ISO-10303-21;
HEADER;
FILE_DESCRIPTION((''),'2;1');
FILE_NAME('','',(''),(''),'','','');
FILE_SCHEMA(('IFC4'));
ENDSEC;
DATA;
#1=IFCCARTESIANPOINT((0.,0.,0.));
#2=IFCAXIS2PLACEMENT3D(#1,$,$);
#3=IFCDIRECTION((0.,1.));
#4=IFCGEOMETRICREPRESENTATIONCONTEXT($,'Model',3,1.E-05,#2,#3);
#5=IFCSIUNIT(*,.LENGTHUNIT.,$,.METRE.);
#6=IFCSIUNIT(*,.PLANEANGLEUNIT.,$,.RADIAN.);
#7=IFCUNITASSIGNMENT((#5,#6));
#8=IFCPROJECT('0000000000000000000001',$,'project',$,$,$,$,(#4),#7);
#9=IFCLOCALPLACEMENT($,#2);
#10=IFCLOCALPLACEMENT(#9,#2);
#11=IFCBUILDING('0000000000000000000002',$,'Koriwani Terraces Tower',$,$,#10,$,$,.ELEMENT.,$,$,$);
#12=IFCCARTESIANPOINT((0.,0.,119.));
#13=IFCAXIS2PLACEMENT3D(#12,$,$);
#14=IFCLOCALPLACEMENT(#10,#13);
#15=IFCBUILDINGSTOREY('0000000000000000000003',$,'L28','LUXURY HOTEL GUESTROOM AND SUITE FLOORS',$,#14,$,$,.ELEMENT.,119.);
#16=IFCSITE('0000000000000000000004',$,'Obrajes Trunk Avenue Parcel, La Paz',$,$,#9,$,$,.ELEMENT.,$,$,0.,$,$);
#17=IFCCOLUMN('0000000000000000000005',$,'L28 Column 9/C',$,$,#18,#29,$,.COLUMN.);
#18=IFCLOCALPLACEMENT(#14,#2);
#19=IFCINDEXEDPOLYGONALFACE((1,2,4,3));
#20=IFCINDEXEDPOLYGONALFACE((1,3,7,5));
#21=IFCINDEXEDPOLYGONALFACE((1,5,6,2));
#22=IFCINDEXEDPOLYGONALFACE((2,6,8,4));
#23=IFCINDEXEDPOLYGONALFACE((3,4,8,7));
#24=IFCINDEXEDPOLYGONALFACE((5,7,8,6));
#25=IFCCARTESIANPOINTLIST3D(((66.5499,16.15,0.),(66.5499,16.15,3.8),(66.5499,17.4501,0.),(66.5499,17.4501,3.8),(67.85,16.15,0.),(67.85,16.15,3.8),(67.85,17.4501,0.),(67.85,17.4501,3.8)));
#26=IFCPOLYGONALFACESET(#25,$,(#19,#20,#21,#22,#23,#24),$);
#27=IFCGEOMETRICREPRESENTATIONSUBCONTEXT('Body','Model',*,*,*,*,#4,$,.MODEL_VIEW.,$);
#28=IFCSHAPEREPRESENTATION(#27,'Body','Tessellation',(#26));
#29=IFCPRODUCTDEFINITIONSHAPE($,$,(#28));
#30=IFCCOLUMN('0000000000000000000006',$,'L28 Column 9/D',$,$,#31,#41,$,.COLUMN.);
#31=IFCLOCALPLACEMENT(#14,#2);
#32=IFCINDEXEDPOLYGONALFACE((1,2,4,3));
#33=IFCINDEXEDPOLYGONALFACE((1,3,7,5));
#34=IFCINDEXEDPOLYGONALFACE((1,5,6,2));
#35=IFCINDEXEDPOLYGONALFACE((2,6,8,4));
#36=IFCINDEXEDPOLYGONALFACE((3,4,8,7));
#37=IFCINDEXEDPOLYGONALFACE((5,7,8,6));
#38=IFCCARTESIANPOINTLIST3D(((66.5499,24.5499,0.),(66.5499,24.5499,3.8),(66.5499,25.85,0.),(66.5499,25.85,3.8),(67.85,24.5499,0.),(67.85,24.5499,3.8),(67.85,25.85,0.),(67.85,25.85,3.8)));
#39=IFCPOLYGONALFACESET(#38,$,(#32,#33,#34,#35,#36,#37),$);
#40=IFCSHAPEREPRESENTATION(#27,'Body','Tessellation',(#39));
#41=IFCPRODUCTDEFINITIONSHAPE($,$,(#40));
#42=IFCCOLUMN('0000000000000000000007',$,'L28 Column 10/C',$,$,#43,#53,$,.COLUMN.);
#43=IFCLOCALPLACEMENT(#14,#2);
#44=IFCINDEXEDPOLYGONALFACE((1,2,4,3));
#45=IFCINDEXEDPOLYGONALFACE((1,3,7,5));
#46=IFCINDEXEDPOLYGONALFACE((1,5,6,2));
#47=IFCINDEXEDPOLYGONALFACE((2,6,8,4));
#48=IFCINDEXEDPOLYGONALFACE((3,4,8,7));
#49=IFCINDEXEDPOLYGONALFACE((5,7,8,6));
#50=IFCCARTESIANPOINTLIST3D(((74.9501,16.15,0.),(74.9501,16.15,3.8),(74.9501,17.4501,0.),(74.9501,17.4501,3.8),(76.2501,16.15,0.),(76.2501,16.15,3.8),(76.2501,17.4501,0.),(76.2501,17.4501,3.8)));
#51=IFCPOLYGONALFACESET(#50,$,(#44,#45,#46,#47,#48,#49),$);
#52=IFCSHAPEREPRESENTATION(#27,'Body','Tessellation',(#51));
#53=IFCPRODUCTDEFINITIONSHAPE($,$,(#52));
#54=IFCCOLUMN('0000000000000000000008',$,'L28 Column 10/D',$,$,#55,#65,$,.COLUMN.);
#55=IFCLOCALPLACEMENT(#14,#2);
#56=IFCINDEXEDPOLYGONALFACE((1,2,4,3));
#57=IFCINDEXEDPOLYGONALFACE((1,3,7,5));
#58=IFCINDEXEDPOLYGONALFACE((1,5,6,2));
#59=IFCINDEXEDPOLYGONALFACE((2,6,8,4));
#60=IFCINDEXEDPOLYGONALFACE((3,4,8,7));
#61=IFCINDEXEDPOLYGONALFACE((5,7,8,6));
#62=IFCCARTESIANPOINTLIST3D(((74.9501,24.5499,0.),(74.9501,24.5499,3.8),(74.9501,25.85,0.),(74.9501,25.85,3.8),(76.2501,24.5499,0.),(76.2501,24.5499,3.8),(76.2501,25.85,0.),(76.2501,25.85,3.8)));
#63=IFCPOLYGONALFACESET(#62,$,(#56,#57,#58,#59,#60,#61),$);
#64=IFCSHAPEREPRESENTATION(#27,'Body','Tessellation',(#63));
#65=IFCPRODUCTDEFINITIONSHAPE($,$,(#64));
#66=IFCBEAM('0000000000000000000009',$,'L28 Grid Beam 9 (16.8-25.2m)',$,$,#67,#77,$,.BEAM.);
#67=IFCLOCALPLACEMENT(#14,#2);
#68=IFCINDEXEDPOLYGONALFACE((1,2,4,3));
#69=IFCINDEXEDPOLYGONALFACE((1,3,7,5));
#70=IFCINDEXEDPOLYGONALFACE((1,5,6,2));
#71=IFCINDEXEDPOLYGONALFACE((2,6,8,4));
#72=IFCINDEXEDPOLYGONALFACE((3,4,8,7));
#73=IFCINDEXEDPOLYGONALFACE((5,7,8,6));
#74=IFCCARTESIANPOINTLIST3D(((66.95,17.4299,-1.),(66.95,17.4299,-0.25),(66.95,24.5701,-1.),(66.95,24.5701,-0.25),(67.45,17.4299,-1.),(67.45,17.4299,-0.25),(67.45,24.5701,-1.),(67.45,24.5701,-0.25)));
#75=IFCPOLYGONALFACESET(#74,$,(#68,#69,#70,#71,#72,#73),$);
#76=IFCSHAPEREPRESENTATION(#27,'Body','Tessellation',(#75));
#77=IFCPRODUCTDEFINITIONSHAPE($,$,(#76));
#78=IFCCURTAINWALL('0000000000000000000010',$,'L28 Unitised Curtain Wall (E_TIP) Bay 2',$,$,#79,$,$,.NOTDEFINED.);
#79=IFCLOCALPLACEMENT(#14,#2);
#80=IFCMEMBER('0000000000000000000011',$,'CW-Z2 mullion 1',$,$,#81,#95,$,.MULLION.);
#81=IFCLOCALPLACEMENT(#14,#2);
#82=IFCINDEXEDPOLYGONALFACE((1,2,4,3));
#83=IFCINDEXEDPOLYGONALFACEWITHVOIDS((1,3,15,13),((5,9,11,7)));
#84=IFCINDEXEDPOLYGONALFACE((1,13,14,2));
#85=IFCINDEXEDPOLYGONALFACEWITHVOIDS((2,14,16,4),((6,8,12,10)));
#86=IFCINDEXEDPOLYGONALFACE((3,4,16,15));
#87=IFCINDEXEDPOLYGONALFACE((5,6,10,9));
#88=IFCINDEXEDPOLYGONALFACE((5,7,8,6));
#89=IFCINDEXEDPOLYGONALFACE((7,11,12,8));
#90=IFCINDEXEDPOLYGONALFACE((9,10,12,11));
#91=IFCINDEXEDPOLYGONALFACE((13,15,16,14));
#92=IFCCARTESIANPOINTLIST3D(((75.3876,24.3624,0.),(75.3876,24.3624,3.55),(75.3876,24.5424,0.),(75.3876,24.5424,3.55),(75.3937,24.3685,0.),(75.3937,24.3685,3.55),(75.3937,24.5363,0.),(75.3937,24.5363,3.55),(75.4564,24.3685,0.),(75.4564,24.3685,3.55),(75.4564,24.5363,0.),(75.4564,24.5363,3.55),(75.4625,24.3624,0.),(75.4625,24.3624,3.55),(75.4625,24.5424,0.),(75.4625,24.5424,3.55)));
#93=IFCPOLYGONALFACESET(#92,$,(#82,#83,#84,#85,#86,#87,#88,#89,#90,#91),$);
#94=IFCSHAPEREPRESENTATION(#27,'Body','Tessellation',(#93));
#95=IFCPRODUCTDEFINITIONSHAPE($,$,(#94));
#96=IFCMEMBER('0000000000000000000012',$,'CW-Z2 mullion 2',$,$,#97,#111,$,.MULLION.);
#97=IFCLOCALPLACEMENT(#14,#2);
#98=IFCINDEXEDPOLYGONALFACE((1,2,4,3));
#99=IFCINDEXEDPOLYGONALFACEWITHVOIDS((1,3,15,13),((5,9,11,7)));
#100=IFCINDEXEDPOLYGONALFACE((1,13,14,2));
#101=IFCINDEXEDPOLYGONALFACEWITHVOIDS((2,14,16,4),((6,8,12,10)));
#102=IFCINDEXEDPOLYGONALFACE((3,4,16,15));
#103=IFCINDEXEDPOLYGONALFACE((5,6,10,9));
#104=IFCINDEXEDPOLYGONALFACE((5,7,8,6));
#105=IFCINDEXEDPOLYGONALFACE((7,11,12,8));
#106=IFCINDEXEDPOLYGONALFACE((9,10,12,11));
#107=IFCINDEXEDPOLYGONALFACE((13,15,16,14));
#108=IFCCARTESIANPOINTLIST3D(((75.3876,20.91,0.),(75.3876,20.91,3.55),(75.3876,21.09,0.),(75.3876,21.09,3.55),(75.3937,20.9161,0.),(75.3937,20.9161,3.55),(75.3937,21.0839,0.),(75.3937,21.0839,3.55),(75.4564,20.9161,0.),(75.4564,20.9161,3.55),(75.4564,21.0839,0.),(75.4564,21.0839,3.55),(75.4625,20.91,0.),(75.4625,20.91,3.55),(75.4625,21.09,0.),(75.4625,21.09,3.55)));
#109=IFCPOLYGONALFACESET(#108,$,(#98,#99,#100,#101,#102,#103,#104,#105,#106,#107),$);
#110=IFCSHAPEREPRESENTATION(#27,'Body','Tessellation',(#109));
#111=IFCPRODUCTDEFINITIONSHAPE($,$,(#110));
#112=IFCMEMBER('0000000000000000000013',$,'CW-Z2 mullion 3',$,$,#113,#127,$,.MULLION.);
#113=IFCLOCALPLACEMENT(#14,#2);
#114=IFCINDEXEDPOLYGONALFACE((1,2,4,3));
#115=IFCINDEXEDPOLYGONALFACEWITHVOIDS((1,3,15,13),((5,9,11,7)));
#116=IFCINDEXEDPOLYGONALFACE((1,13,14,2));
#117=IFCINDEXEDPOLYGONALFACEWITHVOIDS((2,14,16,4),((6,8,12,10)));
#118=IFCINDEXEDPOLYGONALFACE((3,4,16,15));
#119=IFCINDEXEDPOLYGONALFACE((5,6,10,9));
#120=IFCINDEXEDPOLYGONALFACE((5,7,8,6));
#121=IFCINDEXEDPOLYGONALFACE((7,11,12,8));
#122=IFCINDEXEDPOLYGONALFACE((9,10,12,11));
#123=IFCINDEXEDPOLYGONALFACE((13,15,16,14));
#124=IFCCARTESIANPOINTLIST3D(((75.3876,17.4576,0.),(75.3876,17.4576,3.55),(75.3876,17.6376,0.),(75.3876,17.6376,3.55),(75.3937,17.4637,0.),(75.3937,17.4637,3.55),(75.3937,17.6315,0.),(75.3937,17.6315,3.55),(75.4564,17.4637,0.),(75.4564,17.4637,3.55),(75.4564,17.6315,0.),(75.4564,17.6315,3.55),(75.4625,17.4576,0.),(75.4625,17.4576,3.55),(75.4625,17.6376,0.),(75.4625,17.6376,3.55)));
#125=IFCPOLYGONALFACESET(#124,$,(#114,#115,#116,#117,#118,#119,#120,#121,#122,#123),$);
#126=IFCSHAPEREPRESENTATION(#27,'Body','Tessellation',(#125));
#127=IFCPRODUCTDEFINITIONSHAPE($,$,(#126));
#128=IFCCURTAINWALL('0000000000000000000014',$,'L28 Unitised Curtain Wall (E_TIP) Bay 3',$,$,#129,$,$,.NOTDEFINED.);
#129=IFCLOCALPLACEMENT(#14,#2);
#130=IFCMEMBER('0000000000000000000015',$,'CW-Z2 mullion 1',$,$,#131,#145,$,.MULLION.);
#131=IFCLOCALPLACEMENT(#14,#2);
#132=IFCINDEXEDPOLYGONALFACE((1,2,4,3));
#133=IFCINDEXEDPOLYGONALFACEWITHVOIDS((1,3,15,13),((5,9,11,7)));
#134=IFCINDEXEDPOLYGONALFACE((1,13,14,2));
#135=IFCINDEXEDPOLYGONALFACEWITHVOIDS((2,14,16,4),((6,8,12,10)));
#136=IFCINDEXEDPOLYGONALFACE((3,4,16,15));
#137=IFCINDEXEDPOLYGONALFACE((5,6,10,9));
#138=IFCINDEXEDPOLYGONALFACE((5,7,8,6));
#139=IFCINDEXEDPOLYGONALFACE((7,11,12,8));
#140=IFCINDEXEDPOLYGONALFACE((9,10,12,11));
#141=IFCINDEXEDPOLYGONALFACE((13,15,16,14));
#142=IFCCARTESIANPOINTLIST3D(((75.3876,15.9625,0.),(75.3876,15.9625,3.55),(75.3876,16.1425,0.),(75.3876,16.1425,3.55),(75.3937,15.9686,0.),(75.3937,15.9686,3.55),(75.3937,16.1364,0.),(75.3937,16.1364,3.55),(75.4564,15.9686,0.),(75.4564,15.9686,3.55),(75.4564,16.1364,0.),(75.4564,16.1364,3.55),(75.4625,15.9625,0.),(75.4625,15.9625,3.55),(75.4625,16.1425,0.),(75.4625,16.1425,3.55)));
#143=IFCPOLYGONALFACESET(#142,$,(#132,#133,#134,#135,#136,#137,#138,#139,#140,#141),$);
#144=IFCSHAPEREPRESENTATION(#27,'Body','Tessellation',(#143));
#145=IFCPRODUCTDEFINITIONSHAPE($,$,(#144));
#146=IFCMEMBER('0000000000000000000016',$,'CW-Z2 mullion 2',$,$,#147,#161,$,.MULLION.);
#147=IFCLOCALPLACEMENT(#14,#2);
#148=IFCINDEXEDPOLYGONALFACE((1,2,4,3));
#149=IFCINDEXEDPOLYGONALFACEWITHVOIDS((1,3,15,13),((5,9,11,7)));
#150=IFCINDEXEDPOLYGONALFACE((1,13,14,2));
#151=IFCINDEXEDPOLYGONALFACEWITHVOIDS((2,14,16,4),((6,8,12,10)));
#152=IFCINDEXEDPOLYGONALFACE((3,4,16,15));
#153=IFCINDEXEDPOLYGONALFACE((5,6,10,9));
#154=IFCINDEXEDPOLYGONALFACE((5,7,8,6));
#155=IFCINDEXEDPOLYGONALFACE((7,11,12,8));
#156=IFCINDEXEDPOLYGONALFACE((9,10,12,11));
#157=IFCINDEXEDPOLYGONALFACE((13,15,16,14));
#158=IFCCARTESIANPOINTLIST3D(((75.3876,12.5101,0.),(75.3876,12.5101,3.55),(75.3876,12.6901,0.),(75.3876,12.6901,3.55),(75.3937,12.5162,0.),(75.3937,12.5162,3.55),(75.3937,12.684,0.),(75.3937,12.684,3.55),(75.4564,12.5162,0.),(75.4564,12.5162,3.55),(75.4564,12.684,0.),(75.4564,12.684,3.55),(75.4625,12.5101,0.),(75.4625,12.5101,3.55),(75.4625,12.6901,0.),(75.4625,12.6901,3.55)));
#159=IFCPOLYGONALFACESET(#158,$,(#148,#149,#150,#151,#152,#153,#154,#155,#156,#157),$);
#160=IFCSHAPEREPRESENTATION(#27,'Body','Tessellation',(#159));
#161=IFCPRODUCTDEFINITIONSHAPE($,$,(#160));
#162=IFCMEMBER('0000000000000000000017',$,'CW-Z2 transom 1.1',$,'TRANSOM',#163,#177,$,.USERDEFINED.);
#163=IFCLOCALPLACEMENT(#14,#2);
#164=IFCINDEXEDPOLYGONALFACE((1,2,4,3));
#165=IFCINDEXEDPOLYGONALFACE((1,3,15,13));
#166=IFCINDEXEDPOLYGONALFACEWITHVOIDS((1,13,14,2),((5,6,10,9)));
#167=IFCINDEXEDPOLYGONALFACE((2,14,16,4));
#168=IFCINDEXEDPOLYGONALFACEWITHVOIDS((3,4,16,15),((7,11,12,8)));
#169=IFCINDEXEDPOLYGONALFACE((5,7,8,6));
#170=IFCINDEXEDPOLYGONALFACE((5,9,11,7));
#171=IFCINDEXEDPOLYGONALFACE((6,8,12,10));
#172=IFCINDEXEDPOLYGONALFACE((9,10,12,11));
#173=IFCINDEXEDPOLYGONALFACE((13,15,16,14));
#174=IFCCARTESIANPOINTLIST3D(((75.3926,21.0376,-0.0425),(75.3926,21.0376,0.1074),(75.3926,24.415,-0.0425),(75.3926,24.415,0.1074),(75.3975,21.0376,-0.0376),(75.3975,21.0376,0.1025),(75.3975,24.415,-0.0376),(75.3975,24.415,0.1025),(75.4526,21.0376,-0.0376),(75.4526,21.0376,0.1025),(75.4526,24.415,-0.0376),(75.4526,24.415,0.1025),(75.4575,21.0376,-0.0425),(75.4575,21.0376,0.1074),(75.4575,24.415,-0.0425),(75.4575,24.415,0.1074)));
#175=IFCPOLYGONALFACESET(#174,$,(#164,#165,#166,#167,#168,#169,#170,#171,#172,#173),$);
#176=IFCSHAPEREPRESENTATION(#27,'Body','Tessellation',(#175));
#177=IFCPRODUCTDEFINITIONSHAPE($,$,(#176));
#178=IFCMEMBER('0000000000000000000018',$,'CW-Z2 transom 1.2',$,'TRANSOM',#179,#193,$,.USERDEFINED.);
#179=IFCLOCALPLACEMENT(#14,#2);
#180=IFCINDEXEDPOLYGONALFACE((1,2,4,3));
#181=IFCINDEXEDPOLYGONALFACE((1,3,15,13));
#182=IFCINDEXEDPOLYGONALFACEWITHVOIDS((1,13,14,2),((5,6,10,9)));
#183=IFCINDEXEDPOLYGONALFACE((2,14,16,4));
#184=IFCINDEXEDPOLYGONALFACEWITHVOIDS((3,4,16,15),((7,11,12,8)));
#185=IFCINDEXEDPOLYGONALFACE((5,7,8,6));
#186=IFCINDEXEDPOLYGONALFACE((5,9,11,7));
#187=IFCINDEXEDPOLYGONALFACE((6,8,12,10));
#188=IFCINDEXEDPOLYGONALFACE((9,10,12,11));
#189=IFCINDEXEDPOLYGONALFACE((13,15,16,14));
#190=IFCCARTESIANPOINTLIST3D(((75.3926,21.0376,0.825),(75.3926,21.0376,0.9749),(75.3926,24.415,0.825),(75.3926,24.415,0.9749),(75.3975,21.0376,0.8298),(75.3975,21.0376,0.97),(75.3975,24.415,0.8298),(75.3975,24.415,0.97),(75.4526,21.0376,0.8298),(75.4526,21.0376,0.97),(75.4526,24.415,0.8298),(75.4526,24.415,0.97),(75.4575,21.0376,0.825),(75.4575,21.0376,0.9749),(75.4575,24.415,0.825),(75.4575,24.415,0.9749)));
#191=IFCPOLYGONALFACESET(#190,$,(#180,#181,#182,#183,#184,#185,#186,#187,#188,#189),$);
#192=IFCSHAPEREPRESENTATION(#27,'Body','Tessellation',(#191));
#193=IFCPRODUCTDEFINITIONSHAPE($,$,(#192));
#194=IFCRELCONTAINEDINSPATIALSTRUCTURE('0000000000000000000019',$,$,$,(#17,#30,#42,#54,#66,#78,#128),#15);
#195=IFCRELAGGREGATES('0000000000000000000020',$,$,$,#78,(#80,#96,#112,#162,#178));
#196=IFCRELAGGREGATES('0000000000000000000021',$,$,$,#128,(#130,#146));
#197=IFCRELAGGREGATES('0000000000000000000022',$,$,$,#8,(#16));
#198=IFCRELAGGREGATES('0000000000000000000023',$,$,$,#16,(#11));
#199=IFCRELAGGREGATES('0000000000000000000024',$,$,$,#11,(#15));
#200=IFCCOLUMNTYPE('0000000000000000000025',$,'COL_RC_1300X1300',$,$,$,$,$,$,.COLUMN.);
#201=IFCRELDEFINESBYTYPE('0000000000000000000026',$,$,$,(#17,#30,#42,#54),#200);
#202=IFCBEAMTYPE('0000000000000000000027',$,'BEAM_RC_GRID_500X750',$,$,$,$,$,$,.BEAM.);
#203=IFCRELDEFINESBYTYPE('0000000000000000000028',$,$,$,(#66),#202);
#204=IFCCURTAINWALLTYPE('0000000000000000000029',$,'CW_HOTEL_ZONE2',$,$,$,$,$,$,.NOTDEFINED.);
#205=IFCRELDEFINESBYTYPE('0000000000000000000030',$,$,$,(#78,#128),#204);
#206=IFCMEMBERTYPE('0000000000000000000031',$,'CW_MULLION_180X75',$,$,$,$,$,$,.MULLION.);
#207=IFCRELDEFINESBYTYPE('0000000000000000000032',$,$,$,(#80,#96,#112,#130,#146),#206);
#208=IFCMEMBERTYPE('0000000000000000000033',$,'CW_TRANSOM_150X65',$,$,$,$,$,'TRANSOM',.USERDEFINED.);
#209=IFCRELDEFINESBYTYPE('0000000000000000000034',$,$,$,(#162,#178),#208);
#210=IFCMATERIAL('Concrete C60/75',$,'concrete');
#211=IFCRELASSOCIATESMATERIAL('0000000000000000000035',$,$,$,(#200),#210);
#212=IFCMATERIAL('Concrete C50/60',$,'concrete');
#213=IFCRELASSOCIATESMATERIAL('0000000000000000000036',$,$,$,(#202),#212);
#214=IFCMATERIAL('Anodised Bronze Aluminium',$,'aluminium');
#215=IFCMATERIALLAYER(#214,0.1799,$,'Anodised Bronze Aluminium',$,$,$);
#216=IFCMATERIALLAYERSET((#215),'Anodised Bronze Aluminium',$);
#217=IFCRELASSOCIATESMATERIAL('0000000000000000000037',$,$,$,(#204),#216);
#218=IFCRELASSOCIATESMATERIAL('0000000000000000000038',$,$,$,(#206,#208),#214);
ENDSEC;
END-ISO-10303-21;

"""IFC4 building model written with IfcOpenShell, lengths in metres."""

from ifc_helpers import new_model, si_unit, direction, frame, origin, origin_2d, place, context, subcontext, project, spatial, rectangle, hollow_rectangle, extrude, material, layer, layer_set, material_profile, profile_set, type_object, element, aggregate, save


model = new_model("IFC4")

# Units and contexts
model_context = context("Model", 3, precision=1e-05, world=origin(), true_north=direction((0.0, 1.0)))
body_context = subcontext(model_context, "Body", "Model", "MODEL_VIEW")
ifc_project = project(units=[si_unit("LENGTHUNIT", "METRE"), si_unit("PLANEANGLEUNIT", "RADIAN")], contexts=[model_context])

# Site, building, storey
site_placement = place(None, origin())
site = spatial("IfcSite", under=ifc_project, at=site_placement, Name="Obrajes Trunk Avenue Parcel, La Paz", CompositionType="ELEMENT", RefElevation=0.0)
building_placement = place(site_placement, origin())
building = spatial("IfcBuilding", under=site, at=building_placement, Name="Koriwani Terraces Tower", CompositionType="ELEMENT")
storey_placement = place(building_placement, frame((0.0, 0.0, 119.0)))
storey = spatial("IfcBuildingStorey", under=building, at=storey_placement, Name="L28", Description="LUXURY HOTEL GUESTROOM AND SUITE FLOORS", CompositionType="ELEMENT", Elevation=119.0)

# Columns
ifc_material_1 = material(Name="Concrete C60/75", Category="concrete")
ifc_material_profile_1 = material_profile(ifc_material_1, rectangle(XDim=1.3, YDim=1.3, at=origin_2d()), Name="Concrete C60/75", Category="LoadBearing")
ifc_profile_set_1 = profile_set([ifc_material_profile_1], Name="Concrete C60/75")
column_type = type_object("IfcColumnType", Name="COL_RC_1300X1300", PredefinedType="COLUMN", material=ifc_profile_set_1)
for number, where, z_axis, x_axis, name in (
    (1, (67.2, 16.8, 0.0), (0.0, 0.0, 1.0), (1.0, 0.0, 0.0), "L28 Column 9/C"),
    (2, (67.2, 25.2, 0.0), (0.0, 0.0, 1.0), (1.0, 0.0, 0.0), "L28 Column 9/D"),
    (3, (75.6001, 16.8, 0.0), (0.0, 0.0, 1.0), (1.0, 0.0, 0.0), "L28 Column 10/C"),
    (4, (75.6001, 25.2, 0.0), (0.0, 0.0, 1.0), (1.0, 0.0, 0.0), "L28 Column 10/D"),
):
    element("IfcColumn", number, at=place(storey_placement, frame(where, z_axis=z_axis, x_axis=x_axis)), inside=storey, type_object=column_type, Name=name, PredefinedType="COLUMN", context=body_context, shape_type="SweptSolid", body=[
        extrude(rectangle(XDim=1.3, YDim=1.3, at=origin_2d()), origin(), (0.0, 0.0, 1.0), 3.8),
    ])

# Beam
ifc_material_2 = material(Name="Concrete C50/60", Category="concrete")
ifc_material_profile_2 = material_profile(ifc_material_2, rectangle(XDim=0.5, YDim=0.75, at=origin_2d()), Name="Concrete C50/60", Category="LoadBearing")
ifc_profile_set_2 = profile_set([ifc_material_profile_2], Name="Concrete C50/60")
beam_type_1 = type_object("IfcBeamType", Name="BEAM_RC_GRID_500X750", PredefinedType="BEAM", material=ifc_profile_set_2)
beam_1_placement = place(storey_placement, frame((67.2, 17.4299, -0.625), z_axis=(0.0, 1.0, 0.0), x_axis=(-1.0, 0.0, 0.0)))
element("IfcBeam", 5, at=beam_1_placement, inside=storey, type_object=beam_type_1, Name="L28 Grid Beam 9 (16.8-25.2m)", PredefinedType="BEAM", context=body_context, shape_type="SweptSolid", body=[
    extrude(rectangle(XDim=0.5, YDim=0.75, at=origin_2d()), origin(), (0.0, 0.0, 1.0), 7.1401),
])

# Curtain walls, members
ifc_material_3 = material(Name="Anodised Bronze Aluminium", Category="aluminium")
ifc_layer_1 = layer(ifc_material_3, 0.1799, Name="Anodised Bronze Aluminium")
ifc_layer_set_1 = layer_set([ifc_layer_1], Name="Anodised Bronze Aluminium")
curtain_wall_type = type_object("IfcCurtainWallType", Name="CW_HOTEL_ZONE2", PredefinedType="NOTDEFINED", material=ifc_layer_set_1)
curtain_wall_1_placement = place(storey_placement, origin())
curtain_wall_1 = element("IfcCurtainWall", 6, at=curtain_wall_1_placement, inside=storey, type_object=curtain_wall_type, Name="L28 Unitised Curtain Wall (E_TIP) Bay 2", PredefinedType="NOTDEFINED")
ifc_material_profile_3 = material_profile(ifc_material_3, hollow_rectangle(XDim=0.075, YDim=0.1799, WallThickness=0.0061, at=origin_2d()), Name="Anodised Bronze Aluminium", Category="LoadBearing")
ifc_profile_set_3 = profile_set([ifc_material_profile_3], Name="Anodised Bronze Aluminium")
member_type_1 = type_object("IfcMemberType", Name="CW_MULLION_180X75", PredefinedType="MULLION", material=ifc_profile_set_3)
member_1_placement = place(storey_placement, frame((75.425, 24.4524, 0.0), z_axis=(0.0, 0.0, 1.0), x_axis=(1.0, 0.0, 0.0)))
member_1 = element("IfcMember", 7, at=member_1_placement, type_object=member_type_1, Name="CW-Z2 mullion 1", PredefinedType="MULLION", context=body_context, shape_type="SweptSolid", body=[
    extrude(hollow_rectangle(XDim=0.075, YDim=0.1799, WallThickness=0.0061, at=origin_2d()), origin(), (0.0, 0.0, 1.0), 3.55),
])
member_2_placement = place(storey_placement, frame((75.425, 21.0, 0.0), z_axis=(0.0, 0.0, 1.0), x_axis=(1.0, 0.0, 0.0)))
member_2 = element("IfcMember", 8, at=member_2_placement, type_object=member_type_1, Name="CW-Z2 mullion 2", PredefinedType="MULLION", context=body_context, shape_type="SweptSolid", body=[
    extrude(hollow_rectangle(XDim=0.075, YDim=0.1799, WallThickness=0.0061, at=origin_2d()), origin(), (0.0, 0.0, 1.0), 3.55),
])
member_3_placement = place(storey_placement, frame((75.425, 17.5476, 0.0), z_axis=(0.0, 0.0, 1.0), x_axis=(1.0, 0.0, 0.0)))
member_3 = element("IfcMember", 9, at=member_3_placement, type_object=member_type_1, Name="CW-Z2 mullion 3", PredefinedType="MULLION", context=body_context, shape_type="SweptSolid", body=[
    extrude(hollow_rectangle(XDim=0.075, YDim=0.1799, WallThickness=0.0061, at=origin_2d()), origin(), (0.0, 0.0, 1.0), 3.55),
])
curtain_wall_2_placement = place(storey_placement, origin())
curtain_wall_2 = element("IfcCurtainWall", 10, at=curtain_wall_2_placement, inside=storey, type_object=curtain_wall_type, Name="L28 Unitised Curtain Wall (E_TIP) Bay 3", PredefinedType="NOTDEFINED")
member_4_placement = place(storey_placement, frame((75.425, 16.0525, 0.0), z_axis=(0.0, 0.0, 1.0), x_axis=(1.0, 0.0, 0.0)))
member_4 = element("IfcMember", 11, at=member_4_placement, type_object=member_type_1, Name="CW-Z2 mullion 1", PredefinedType="MULLION", context=body_context, shape_type="SweptSolid", body=[
    extrude(hollow_rectangle(XDim=0.075, YDim=0.1799, WallThickness=0.0061, at=origin_2d()), origin(), (0.0, 0.0, 1.0), 3.55),
])
member_5_placement = place(storey_placement, frame((75.425, 12.6001, 0.0), z_axis=(0.0, 0.0, 1.0), x_axis=(1.0, 0.0, 0.0)))
member_5 = element("IfcMember", 12, at=member_5_placement, type_object=member_type_1, Name="CW-Z2 mullion 2", PredefinedType="MULLION", context=body_context, shape_type="SweptSolid", body=[
    extrude(hollow_rectangle(XDim=0.075, YDim=0.1799, WallThickness=0.0061, at=origin_2d()), origin(), (0.0, 0.0, 1.0), 3.55),
])

# Members
ifc_material_profile_4 = material_profile(ifc_material_3, hollow_rectangle(XDim=0.0649, YDim=0.1499, WallThickness=0.0049, at=origin_2d()), Name="Anodised Bronze Aluminium", Category="LoadBearing")
ifc_profile_set_4 = profile_set([ifc_material_profile_4], Name="Anodised Bronze Aluminium")
member_type_2 = type_object("IfcMemberType", Name="CW_TRANSOM_150X65", ElementType="TRANSOM", PredefinedType="USERDEFINED", material=ifc_profile_set_4)
member_6_placement = place(storey_placement, frame((75.425, 24.415, 0.0325), z_axis=(0.0, -1.0, 0.0), x_axis=(1.0, 0.0, 0.0)))
member_6 = element("IfcMember", 13, at=member_6_placement, type_object=member_type_2, Name="CW-Z2 transom 1.1", ObjectType="TRANSOM", PredefinedType="USERDEFINED", context=body_context, shape_type="SweptSolid", body=[
    extrude(hollow_rectangle(XDim=0.0649, YDim=0.1499, WallThickness=0.0049, at=origin_2d()), origin(), (0.0, 0.0, 1.0), 3.3774),
])
member_7_placement = place(storey_placement, frame((75.425, 24.415, 0.8999), z_axis=(0.0, -1.0, 0.0), x_axis=(1.0, 0.0, 0.0)))
member_7 = element("IfcMember", 14, at=member_7_placement, type_object=member_type_2, Name="CW-Z2 transom 1.2", ObjectType="TRANSOM", PredefinedType="USERDEFINED", context=body_context, shape_type="SweptSolid", body=[
    extrude(hollow_rectangle(XDim=0.0649, YDim=0.1499, WallThickness=0.0049, at=origin_2d()), origin(), (0.0, 0.0, 1.0), 3.3774),
])

aggregate(curtain_wall_1, [member_1, member_2, member_3, member_6, member_7])
aggregate(curtain_wall_2, [member_4, member_5])

save(model, "model.ifc")
